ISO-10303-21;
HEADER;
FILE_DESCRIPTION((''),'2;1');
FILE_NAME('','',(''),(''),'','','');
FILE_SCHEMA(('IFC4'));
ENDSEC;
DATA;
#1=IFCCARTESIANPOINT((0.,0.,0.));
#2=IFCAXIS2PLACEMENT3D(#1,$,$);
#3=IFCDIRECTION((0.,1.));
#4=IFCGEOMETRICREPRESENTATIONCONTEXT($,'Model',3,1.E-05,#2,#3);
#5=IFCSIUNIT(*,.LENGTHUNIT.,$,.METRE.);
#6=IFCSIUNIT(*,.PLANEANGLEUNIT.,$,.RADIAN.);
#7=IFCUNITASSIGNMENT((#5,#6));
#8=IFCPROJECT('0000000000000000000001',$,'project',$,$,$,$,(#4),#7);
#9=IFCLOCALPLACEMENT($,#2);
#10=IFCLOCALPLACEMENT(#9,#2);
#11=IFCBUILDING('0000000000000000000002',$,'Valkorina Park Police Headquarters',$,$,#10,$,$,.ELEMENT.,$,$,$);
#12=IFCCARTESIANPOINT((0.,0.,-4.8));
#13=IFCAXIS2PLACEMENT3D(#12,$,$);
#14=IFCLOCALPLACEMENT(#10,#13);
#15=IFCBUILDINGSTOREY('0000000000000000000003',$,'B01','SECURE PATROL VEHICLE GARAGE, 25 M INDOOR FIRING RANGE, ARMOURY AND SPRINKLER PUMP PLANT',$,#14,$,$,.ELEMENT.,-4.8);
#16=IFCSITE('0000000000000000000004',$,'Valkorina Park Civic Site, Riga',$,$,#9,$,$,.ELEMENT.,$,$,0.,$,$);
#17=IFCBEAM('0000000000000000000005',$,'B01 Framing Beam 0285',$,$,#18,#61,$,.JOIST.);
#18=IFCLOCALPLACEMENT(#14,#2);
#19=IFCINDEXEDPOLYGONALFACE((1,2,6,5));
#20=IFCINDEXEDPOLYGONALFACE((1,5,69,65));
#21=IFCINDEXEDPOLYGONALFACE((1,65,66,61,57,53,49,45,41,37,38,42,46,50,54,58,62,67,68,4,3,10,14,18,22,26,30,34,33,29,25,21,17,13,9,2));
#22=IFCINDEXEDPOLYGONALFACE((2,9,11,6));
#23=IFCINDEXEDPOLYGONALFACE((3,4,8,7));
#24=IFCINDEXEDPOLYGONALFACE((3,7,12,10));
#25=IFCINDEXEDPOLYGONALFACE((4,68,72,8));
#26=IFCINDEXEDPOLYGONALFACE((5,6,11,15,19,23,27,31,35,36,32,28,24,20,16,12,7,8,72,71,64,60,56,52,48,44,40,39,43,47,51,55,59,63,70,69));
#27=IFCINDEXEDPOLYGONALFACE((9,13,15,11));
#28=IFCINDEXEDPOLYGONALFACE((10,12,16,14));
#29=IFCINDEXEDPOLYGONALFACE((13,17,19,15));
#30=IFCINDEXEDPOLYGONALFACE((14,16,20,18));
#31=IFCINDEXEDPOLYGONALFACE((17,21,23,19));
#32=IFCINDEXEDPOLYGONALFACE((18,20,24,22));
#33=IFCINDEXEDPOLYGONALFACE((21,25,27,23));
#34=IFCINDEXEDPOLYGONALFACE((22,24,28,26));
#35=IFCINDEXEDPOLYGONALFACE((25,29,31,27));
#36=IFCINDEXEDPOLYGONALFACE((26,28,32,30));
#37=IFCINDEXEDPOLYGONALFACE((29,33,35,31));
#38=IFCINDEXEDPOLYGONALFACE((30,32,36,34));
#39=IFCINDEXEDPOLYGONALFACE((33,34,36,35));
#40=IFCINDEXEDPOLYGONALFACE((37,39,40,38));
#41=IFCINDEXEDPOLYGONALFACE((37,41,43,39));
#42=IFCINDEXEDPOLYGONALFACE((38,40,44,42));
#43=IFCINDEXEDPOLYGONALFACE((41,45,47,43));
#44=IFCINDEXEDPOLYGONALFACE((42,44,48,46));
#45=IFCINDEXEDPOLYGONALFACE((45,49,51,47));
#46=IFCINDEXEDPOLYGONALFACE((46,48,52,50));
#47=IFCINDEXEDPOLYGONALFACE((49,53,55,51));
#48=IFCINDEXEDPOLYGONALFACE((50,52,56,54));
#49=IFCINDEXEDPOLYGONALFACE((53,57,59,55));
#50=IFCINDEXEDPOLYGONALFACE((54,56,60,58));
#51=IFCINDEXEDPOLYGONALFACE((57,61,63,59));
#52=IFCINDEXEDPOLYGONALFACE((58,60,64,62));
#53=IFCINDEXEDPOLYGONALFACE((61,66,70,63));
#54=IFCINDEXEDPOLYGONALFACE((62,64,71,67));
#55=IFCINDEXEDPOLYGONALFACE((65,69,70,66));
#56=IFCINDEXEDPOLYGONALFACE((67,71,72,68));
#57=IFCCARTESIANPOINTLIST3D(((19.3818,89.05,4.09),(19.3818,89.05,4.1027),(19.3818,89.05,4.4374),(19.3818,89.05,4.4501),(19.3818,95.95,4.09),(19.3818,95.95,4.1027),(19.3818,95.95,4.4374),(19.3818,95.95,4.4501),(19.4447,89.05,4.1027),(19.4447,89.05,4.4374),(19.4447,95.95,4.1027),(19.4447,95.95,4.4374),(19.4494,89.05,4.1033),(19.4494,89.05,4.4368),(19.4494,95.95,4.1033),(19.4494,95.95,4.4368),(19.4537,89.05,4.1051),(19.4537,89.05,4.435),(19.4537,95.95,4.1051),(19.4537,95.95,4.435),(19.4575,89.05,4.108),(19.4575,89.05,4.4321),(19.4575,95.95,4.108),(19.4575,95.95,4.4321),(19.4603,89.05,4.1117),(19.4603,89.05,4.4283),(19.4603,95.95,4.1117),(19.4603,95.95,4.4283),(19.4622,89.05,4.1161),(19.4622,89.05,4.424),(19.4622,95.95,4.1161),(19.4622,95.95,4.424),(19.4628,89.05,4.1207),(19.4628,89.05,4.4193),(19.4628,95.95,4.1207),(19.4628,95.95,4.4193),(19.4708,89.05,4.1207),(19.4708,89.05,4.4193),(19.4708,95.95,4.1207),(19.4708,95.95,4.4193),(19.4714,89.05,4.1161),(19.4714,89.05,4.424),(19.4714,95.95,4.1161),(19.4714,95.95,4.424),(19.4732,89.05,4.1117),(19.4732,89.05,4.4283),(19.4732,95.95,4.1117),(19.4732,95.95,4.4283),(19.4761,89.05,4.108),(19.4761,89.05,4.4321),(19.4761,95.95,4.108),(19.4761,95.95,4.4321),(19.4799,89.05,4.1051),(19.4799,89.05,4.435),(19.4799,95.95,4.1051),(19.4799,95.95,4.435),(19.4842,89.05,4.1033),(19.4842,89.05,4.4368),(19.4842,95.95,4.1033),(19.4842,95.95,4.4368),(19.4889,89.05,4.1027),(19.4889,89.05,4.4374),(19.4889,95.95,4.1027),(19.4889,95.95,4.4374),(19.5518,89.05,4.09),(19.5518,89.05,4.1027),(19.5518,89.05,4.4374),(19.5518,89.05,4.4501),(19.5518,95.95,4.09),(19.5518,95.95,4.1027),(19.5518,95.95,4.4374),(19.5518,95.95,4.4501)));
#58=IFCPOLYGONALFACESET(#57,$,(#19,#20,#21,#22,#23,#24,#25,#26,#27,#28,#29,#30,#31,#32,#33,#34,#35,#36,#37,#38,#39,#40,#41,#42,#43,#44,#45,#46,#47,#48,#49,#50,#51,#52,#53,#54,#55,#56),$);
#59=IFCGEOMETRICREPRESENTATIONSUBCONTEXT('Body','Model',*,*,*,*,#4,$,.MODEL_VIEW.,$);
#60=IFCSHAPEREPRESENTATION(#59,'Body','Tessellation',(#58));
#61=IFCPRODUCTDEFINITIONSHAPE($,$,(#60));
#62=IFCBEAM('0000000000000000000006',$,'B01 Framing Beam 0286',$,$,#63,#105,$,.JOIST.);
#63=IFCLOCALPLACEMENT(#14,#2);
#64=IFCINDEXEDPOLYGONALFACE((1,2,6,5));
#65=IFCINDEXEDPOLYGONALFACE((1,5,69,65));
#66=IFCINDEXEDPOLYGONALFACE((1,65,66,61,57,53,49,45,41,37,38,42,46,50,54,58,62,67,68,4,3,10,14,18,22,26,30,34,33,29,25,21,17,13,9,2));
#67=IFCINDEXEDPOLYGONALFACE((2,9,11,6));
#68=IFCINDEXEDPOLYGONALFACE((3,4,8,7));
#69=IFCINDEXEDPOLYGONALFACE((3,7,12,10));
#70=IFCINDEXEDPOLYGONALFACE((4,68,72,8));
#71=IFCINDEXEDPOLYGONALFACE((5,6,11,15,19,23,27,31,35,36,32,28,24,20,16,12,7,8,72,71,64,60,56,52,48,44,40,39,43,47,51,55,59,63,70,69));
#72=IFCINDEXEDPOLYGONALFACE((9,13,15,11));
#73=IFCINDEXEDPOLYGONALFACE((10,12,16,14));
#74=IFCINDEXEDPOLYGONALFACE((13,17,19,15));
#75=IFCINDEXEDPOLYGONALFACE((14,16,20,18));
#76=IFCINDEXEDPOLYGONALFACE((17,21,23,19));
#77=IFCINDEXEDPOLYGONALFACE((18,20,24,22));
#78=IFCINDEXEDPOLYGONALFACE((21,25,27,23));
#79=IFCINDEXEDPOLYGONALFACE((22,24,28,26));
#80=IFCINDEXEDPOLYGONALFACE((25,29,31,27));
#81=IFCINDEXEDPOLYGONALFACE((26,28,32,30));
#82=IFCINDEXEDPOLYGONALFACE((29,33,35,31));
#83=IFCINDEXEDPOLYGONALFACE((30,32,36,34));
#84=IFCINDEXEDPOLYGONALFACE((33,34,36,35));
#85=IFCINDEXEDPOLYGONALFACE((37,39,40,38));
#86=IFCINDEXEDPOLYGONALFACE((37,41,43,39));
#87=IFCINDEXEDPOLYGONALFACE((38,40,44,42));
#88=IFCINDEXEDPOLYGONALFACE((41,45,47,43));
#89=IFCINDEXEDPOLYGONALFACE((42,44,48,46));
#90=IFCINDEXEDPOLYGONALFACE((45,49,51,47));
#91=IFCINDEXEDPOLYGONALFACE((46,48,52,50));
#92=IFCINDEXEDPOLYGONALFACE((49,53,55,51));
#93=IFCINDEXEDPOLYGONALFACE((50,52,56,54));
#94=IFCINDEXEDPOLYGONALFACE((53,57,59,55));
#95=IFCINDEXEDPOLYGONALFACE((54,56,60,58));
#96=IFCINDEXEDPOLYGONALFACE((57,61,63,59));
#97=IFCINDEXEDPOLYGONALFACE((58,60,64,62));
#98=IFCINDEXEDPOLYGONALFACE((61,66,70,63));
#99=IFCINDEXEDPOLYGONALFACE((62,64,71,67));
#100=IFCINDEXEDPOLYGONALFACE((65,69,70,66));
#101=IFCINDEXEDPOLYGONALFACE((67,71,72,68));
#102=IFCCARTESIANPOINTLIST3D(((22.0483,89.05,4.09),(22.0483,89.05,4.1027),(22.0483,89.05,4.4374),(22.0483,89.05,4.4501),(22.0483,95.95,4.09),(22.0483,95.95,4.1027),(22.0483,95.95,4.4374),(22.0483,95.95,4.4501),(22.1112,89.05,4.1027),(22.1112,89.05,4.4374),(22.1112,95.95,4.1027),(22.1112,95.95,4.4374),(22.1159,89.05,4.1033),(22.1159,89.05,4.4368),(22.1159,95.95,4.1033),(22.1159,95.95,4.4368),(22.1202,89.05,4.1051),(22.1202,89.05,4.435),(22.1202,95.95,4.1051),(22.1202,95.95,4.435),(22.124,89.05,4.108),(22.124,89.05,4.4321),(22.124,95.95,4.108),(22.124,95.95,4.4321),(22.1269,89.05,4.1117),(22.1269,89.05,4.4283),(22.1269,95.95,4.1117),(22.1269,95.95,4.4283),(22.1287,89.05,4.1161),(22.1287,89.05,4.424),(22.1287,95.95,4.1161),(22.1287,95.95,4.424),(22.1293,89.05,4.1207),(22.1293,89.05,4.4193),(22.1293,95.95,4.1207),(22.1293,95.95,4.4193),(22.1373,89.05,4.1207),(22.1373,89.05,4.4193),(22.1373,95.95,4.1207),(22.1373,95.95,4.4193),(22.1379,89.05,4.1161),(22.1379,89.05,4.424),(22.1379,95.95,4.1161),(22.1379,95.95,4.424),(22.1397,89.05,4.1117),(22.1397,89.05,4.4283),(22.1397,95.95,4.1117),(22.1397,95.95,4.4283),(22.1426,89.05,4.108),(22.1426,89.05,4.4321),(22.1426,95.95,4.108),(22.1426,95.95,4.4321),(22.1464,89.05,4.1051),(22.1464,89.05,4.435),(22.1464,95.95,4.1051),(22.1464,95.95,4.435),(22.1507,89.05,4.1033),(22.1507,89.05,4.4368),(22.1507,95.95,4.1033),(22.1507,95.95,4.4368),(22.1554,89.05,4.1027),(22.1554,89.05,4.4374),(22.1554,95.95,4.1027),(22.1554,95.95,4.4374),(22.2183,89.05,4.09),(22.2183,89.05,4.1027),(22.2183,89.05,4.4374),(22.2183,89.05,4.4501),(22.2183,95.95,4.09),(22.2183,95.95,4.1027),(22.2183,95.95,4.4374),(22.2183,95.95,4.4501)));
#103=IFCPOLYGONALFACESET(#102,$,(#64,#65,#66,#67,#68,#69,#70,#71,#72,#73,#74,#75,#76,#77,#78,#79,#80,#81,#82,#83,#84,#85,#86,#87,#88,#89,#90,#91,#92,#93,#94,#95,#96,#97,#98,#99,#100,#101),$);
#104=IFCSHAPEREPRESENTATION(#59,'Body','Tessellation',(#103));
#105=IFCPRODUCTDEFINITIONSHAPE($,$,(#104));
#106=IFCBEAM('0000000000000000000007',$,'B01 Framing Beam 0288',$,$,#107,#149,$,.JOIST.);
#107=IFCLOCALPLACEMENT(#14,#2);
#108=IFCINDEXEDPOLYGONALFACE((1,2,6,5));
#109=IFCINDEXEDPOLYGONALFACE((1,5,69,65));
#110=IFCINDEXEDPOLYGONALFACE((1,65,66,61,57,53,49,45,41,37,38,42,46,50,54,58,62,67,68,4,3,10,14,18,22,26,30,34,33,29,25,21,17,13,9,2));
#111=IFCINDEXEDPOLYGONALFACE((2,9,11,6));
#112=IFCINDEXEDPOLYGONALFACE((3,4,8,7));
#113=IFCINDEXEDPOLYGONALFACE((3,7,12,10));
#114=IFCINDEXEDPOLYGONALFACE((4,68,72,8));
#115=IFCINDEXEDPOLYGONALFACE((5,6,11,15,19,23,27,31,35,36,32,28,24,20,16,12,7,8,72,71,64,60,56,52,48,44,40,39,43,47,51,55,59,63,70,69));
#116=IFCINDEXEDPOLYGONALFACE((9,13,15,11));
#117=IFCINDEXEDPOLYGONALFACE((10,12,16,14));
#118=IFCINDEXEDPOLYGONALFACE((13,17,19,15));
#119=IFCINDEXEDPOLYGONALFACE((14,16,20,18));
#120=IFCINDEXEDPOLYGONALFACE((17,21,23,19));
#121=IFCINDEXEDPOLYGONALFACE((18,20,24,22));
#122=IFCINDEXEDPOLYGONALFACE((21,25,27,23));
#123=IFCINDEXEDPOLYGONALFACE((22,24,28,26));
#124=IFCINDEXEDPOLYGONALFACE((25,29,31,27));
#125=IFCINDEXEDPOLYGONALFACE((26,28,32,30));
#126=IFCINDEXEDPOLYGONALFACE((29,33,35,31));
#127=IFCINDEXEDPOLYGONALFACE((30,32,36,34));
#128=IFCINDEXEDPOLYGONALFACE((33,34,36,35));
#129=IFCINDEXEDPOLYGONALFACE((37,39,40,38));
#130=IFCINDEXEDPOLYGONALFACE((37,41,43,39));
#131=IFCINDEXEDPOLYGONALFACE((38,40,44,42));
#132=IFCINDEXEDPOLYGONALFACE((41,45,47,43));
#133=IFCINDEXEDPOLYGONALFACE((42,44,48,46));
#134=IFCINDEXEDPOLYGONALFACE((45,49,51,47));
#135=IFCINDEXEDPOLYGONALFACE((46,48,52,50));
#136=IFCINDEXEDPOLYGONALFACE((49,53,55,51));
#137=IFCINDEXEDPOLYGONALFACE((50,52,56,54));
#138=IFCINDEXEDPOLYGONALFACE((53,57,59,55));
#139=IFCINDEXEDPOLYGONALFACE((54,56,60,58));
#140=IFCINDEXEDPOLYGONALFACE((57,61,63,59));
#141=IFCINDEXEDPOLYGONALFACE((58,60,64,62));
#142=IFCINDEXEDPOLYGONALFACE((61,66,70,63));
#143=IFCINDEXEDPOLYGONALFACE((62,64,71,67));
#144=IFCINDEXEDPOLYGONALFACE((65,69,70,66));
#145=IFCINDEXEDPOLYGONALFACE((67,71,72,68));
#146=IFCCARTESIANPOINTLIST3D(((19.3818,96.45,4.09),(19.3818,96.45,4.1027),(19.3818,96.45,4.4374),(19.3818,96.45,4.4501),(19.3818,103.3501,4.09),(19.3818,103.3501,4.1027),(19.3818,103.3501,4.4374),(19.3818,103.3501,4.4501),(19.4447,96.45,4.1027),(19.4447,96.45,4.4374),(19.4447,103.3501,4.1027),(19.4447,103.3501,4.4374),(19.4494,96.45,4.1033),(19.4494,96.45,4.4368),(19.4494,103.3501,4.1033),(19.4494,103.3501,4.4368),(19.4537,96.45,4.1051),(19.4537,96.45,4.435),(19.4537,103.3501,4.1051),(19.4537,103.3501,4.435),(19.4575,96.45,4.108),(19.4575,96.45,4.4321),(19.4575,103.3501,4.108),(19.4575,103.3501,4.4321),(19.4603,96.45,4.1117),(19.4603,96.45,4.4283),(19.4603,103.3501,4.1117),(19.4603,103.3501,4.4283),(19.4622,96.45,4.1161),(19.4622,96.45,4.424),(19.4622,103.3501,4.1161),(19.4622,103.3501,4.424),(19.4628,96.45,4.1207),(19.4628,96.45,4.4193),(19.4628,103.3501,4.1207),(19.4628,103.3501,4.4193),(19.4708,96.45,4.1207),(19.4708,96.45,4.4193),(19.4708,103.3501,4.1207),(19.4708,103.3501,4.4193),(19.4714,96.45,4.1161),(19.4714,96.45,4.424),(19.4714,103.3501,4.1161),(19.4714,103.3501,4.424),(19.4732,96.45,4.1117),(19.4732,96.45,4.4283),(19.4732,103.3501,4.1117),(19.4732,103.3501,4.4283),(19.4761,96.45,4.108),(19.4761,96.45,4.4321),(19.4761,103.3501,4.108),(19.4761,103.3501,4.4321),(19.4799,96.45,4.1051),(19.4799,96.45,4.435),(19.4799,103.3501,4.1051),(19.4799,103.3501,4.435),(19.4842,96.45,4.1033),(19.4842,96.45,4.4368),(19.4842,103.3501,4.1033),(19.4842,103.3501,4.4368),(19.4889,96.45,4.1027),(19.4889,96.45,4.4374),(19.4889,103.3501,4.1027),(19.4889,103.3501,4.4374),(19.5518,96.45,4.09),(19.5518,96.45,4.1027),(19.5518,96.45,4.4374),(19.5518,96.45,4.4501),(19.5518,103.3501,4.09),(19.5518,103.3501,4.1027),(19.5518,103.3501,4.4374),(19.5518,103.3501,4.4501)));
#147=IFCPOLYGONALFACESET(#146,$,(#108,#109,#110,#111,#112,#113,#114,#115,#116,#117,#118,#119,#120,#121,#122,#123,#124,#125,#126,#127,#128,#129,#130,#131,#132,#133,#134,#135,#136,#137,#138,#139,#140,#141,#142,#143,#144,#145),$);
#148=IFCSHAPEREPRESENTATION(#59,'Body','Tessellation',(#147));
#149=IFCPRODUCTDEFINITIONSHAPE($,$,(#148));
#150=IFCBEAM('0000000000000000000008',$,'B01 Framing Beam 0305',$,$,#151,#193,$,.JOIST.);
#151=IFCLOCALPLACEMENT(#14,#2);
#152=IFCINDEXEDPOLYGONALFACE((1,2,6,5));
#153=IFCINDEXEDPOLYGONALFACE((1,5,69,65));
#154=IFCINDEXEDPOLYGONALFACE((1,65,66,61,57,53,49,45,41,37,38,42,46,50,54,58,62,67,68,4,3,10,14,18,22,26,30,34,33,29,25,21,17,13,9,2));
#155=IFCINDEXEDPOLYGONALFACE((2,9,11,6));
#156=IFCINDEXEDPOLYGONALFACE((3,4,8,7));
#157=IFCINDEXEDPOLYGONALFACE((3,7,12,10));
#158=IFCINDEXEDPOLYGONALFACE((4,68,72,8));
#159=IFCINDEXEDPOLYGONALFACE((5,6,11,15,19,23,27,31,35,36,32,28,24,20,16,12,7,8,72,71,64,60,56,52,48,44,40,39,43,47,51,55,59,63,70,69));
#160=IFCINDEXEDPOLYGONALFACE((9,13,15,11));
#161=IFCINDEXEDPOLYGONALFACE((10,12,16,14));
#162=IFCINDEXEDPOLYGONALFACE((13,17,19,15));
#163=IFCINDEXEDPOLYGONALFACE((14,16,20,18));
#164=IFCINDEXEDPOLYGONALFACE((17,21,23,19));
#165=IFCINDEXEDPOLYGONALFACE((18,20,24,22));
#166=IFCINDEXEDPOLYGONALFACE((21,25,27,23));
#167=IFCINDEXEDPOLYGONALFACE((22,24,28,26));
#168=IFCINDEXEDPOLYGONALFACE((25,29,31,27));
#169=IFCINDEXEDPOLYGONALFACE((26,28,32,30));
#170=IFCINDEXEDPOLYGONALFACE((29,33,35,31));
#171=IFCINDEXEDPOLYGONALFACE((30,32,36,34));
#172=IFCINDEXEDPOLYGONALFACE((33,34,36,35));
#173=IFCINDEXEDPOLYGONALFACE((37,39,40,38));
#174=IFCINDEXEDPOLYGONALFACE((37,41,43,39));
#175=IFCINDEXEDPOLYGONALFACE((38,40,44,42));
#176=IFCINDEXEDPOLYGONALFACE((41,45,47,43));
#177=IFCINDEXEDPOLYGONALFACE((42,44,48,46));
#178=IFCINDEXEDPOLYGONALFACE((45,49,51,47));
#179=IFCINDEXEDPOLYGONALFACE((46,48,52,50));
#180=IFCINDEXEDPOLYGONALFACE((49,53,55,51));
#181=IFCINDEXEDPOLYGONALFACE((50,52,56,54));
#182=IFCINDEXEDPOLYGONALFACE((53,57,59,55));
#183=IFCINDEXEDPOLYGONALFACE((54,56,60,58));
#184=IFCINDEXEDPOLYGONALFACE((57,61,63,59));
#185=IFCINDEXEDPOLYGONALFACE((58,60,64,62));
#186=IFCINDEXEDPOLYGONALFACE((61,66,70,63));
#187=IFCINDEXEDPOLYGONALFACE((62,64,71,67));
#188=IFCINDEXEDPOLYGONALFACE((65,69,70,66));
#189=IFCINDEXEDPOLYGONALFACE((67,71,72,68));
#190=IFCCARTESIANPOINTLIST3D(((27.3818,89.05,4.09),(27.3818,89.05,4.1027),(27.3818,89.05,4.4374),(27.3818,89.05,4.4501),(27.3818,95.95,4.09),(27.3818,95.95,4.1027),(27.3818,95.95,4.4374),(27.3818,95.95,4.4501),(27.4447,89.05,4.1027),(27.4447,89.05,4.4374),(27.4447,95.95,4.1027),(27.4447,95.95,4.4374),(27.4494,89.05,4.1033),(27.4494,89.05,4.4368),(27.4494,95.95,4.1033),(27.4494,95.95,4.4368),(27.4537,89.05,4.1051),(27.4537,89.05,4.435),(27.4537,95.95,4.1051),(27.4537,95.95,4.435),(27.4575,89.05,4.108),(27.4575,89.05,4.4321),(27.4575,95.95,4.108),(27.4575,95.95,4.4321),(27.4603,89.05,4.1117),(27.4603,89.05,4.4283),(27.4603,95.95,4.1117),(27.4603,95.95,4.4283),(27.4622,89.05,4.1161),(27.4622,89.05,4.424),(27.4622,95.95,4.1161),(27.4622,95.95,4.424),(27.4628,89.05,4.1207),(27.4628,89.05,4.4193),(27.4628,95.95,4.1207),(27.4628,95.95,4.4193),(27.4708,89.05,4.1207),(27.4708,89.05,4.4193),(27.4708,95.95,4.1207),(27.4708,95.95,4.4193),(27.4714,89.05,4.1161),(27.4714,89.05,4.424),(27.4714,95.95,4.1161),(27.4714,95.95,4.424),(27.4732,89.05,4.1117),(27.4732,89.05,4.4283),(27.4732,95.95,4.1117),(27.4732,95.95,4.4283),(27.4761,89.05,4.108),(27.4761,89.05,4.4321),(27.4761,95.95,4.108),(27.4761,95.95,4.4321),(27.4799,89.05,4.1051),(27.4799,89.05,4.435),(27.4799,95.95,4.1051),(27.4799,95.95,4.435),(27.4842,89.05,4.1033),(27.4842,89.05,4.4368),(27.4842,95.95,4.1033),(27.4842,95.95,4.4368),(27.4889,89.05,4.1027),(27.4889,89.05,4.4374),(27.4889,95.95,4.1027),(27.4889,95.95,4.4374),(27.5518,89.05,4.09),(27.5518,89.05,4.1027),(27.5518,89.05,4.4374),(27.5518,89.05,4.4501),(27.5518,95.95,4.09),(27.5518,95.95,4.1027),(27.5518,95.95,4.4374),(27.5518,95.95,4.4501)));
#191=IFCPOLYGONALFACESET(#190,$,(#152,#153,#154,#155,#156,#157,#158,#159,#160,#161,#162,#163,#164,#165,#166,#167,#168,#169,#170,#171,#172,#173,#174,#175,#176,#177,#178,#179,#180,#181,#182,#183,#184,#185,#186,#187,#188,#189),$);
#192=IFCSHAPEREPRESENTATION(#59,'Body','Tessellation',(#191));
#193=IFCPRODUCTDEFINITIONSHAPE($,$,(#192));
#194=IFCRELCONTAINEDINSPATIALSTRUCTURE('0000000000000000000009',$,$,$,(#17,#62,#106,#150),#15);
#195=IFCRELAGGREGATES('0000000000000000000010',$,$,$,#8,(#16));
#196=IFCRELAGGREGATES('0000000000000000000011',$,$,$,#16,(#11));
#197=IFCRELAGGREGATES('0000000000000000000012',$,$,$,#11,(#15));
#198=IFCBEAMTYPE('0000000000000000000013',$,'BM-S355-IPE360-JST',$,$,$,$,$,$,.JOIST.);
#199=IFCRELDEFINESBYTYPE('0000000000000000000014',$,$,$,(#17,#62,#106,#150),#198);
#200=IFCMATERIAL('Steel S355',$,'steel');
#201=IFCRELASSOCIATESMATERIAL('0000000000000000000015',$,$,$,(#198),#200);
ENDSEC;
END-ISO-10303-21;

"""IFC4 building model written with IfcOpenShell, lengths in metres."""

from ifc_helpers import new_model, si_unit, direction, frame, origin, origin_2d, place, context, subcontext, project, spatial, i_section, extrude, material, material_profile, profile_set, type_object, element, save


model = new_model("IFC4")

# Units and contexts
model_context = context("Model", 3, precision=1e-05, world=origin(), true_north=direction((0.0, 1.0)))
body_context = subcontext(model_context, "Body", "Model", "MODEL_VIEW")
ifc_project = project(units=[si_unit("LENGTHUNIT", "METRE"), si_unit("PLANEANGLEUNIT", "RADIAN")], contexts=[model_context])

# Site, building, storey
site_placement = place(None, origin())
site = spatial("IfcSite", under=ifc_project, at=site_placement, Name="Valkorina Park Civic Site, Riga", CompositionType="ELEMENT", RefElevation=0.0)
building_placement = place(site_placement, origin())
building = spatial("IfcBuilding", under=site, at=building_placement, Name="Valkorina Park Police Headquarters", CompositionType="ELEMENT")
storey_placement = place(building_placement, frame((0.0, 0.0, -4.8)))
storey = spatial("IfcBuildingStorey", under=building, at=storey_placement, Name="B01", Description="SECURE PATROL VEHICLE GARAGE, 25 M INDOOR FIRING RANGE, ARMOURY AND SPRINKLER PUMP PLANT", CompositionType="ELEMENT", Elevation=-4.8)

# Beams
ifc_material_1 = material(Name="Steel S355", Category="steel")
ifc_material_profile_1 = material_profile(ifc_material_1, i_section(OverallWidth=0.1699, OverallDepth=0.3601, WebThickness=0.0081, FlangeThickness=0.0127, FilletRadius=0.0181, at=origin_2d()), Name="IPE 360")
ifc_profile_set_1 = profile_set([ifc_material_profile_1], Name="Steel S355")
beam_type_1 = type_object("IfcBeamType", Name="BM-S355-IPE360-JST", PredefinedType="JOIST", material=ifc_profile_set_1)
for number, where, z_axis, x_axis, name in (
    (1, (19.4668, 89.05, 4.27), (0.0, 1.0, 0.0), (-1.0, 0.0, 0.0), "B01 Framing Beam 0285"),
    (2, (22.1333, 89.05, 4.27), (0.0, 1.0, 0.0), (-1.0, 0.0, 0.0), "B01 Framing Beam 0286"),
):
    element("IfcBeam", number, at=place(storey_placement, frame(where, z_axis=z_axis, x_axis=x_axis)), inside=storey, type_object=beam_type_1, Name=name, PredefinedType="JOIST", context=body_context, shape_type="SweptSolid", body=[
        extrude(i_section(OverallWidth=0.1699, OverallDepth=0.3601, WebThickness=0.0081, FlangeThickness=0.0127, FilletRadius=0.0181, at=origin_2d()), origin(), (0.0, 0.0, 1.0), 6.8999),
    ])
beam_1_placement = place(storey_placement, frame((19.4668, 96.45, 4.27), z_axis=(0.0, 1.0, 0.0), x_axis=(-1.0, 0.0, 0.0)))
element("IfcBeam", 3, at=beam_1_placement, inside=storey, type_object=beam_type_1, Name="B01 Framing Beam 0288", PredefinedType="JOIST", context=body_context, shape_type="SweptSolid", body=[
    extrude(i_section(OverallWidth=0.1699, OverallDepth=0.3601, WebThickness=0.0081, FlangeThickness=0.0127, FilletRadius=0.0181, at=origin_2d()), origin(), (0.0, 0.0, 1.0), 6.9001),
])
for number, where, z_axis, x_axis, name in (
    (4, (27.4668, 89.05, 4.27), (0.0, 1.0, 0.0), (-1.0, 0.0, 0.0), "B01 Framing Beam 0305"),
):
    element("IfcBeam", number, at=place(storey_placement, frame(where, z_axis=z_axis, x_axis=x_axis)), inside=storey, type_object=beam_type_1, Name=name, PredefinedType="JOIST", context=body_context, shape_type="SweptSolid", body=[
        extrude(i_section(OverallWidth=0.1699, OverallDepth=0.3601, WebThickness=0.0081, FlangeThickness=0.0127, FilletRadius=0.0181, at=origin_2d()), origin(), (0.0, 0.0, 1.0), 6.8999),
    ])

save(model, "model.ifc")
